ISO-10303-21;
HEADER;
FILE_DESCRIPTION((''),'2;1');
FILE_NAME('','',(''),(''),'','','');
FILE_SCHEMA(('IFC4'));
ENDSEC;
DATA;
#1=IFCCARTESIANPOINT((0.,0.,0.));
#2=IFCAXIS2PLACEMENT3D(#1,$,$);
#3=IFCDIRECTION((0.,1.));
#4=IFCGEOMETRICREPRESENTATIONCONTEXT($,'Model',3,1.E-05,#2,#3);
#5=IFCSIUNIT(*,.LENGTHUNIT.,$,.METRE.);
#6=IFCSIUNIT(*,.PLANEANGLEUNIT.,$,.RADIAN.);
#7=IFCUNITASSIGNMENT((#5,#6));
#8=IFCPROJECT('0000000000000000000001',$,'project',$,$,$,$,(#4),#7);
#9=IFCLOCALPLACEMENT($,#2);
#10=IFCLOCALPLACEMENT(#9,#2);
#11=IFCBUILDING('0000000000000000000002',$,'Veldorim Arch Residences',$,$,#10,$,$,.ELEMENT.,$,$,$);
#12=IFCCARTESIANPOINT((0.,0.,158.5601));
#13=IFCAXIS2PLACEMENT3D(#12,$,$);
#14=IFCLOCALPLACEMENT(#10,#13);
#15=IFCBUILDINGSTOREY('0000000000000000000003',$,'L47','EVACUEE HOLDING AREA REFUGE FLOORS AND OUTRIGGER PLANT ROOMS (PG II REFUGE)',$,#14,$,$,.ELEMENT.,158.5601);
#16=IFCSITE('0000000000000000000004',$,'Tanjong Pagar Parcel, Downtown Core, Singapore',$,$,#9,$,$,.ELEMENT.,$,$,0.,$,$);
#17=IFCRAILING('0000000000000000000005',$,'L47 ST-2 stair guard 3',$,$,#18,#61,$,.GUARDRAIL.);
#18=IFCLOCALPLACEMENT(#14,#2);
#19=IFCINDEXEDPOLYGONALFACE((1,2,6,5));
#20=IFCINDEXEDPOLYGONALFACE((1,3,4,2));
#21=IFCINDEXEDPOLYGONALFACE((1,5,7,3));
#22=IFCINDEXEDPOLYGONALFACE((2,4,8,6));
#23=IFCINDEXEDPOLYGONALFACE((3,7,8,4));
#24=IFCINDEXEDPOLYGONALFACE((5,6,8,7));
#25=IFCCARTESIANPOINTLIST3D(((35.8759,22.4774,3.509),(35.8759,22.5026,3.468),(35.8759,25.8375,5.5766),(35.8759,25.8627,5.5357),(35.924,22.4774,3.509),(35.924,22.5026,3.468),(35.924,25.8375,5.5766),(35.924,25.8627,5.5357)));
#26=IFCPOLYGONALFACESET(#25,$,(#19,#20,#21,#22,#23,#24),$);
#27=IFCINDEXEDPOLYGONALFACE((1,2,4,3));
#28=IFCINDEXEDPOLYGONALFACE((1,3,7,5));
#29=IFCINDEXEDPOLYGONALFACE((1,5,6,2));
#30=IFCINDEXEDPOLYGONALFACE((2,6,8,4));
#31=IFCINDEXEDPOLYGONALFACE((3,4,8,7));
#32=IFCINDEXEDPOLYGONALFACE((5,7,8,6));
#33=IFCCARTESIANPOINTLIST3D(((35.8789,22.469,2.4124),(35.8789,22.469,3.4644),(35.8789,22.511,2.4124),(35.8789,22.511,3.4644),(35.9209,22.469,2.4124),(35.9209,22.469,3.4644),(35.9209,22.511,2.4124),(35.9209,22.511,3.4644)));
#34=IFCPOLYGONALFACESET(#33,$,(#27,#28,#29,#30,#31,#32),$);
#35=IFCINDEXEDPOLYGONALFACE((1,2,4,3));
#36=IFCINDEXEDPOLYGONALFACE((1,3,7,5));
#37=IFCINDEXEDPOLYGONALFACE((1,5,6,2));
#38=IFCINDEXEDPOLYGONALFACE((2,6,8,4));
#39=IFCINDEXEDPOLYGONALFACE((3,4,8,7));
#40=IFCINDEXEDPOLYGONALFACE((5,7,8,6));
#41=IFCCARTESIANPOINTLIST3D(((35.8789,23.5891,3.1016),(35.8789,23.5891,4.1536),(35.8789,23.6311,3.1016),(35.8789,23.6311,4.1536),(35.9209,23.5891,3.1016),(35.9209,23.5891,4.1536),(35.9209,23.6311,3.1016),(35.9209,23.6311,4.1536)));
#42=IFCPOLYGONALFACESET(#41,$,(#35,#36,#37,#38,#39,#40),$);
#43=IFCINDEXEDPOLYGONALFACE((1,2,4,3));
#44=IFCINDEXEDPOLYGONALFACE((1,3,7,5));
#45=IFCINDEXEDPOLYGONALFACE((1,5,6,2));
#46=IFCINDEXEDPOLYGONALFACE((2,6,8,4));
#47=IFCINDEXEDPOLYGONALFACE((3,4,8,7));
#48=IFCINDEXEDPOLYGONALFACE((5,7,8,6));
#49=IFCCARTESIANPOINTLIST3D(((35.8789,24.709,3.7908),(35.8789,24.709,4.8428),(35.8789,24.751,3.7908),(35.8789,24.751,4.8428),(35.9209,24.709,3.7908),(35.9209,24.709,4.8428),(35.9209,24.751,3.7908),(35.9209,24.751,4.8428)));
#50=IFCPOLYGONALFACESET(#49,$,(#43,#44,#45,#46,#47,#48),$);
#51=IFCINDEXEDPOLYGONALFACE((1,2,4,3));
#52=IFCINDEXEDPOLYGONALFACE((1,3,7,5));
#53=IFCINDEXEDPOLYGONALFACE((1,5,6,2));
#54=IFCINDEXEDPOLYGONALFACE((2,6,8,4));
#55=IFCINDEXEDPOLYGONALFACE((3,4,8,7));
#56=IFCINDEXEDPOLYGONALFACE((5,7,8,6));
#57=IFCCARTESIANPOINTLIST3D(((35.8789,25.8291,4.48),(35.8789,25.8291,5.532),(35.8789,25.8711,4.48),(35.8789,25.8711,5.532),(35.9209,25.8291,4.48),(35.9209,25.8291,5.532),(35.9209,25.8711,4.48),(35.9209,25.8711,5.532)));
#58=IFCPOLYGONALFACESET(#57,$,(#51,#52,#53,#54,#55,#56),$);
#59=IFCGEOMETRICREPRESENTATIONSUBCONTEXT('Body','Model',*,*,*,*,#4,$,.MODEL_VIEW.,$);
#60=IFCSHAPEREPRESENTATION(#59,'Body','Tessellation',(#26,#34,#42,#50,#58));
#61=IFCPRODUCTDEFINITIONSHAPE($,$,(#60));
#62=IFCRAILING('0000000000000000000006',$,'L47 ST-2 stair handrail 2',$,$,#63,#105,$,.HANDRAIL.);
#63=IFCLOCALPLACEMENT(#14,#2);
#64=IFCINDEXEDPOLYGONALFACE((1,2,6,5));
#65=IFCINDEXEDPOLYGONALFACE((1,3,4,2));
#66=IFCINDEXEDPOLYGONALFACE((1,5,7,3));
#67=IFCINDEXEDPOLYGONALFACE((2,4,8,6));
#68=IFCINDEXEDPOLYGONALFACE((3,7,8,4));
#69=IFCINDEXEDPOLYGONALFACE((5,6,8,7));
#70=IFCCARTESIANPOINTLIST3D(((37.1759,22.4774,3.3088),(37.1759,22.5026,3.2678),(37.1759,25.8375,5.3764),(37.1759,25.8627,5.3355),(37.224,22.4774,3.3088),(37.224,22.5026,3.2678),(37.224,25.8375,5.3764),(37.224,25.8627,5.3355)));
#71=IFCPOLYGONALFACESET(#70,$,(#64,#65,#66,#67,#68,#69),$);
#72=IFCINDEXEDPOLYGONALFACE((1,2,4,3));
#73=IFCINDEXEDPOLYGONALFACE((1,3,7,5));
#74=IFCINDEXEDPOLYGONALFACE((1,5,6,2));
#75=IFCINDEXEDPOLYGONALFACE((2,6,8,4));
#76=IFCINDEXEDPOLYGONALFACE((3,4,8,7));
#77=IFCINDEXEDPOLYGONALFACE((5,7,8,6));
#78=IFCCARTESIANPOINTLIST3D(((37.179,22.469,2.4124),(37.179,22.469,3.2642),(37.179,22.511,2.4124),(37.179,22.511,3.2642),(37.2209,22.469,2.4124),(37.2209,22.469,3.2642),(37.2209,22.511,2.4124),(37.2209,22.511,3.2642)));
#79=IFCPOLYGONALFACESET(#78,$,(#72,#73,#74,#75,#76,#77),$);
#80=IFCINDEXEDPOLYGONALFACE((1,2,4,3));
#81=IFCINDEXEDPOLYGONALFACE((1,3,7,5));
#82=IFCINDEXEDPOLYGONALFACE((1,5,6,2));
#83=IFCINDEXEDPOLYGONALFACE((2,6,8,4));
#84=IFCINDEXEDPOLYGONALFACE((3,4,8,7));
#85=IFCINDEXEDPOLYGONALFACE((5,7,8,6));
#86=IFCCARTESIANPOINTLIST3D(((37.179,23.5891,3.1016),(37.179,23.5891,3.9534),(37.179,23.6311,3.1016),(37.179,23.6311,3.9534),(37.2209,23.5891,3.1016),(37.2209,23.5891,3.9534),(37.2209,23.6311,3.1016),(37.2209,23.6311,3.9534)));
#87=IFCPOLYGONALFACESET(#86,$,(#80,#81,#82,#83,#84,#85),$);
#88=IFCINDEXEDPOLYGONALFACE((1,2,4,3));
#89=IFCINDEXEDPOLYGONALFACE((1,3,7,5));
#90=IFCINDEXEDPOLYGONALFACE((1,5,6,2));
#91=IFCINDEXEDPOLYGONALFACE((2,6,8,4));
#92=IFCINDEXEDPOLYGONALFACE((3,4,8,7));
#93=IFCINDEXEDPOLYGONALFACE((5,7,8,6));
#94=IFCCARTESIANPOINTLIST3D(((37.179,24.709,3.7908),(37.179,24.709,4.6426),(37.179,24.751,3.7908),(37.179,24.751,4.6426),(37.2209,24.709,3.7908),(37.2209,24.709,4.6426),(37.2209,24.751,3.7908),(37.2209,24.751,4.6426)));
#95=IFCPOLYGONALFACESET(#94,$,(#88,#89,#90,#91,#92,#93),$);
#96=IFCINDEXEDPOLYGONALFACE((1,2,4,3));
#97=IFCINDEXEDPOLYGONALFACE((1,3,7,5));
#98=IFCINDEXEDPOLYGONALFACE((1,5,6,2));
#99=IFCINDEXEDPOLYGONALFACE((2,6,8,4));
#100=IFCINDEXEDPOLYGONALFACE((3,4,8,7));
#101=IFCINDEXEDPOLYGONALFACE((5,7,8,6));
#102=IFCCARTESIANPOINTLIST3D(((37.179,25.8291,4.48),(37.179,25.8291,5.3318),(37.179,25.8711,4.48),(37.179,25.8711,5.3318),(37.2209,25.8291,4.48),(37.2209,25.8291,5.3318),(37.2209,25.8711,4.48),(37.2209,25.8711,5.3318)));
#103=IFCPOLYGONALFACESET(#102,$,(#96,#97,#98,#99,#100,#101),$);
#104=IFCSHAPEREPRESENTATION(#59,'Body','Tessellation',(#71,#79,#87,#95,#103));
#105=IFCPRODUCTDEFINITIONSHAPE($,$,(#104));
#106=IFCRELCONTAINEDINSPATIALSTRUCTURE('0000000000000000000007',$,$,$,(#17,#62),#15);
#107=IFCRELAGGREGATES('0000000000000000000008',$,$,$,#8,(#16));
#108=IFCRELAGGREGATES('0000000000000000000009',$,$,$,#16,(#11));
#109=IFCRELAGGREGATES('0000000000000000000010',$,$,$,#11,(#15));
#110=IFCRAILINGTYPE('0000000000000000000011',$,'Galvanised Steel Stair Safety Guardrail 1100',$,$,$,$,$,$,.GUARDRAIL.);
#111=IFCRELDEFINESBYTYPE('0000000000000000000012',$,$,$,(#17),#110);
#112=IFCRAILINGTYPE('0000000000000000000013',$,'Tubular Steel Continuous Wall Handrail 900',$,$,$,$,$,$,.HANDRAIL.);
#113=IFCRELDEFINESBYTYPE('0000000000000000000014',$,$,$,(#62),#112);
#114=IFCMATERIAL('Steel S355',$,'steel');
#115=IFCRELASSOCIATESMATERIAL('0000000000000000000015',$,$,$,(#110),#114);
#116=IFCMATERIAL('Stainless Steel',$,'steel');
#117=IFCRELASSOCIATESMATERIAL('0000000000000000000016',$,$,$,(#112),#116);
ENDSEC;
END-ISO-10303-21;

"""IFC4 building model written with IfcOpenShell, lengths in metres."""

from ifc_helpers import new_model, si_unit, direction, frame, origin, origin_2d, place, context, subcontext, project, spatial, rectangle, extrude, material, type_object, element, save


model = new_model("IFC4")

# Units and contexts
model_context = context("Model", 3, precision=1e-05, world=origin(), true_north=direction((0.0, 1.0)))
body_context = subcontext(model_context, "Body", "Model", "MODEL_VIEW")
ifc_project = project(units=[si_unit("LENGTHUNIT", "METRE"), si_unit("PLANEANGLEUNIT", "RADIAN")], contexts=[model_context])

# Site, building, storey
site_placement = place(None, origin())
site = spatial("IfcSite", under=ifc_project, at=site_placement, Name="Tanjong Pagar Parcel, Downtown Core, Singapore", CompositionType="ELEMENT", RefElevation=0.0)
building_placement = place(site_placement, origin())
building = spatial("IfcBuilding", under=site, at=building_placement, Name="Veldorim Arch Residences", CompositionType="ELEMENT")
storey_placement = place(building_placement, frame((0.0, 0.0, 158.5601)))
storey = spatial("IfcBuildingStorey", under=building, at=storey_placement, Name="L47", Description="EVACUEE HOLDING AREA REFUGE FLOORS AND OUTRIGGER PLANT ROOMS (PG II REFUGE)", CompositionType="ELEMENT", Elevation=158.5601)

# Railings
ifc_material_1 = material(Name="Steel S355", Category="steel")
railing_type_1 = type_object("IfcRailingType", Name="Galvanised Steel Stair Safety Guardrail 1100", PredefinedType="GUARDRAIL", material=ifc_material_1)
railing_1_placement = place(storey_placement, frame((35.8999, 22.49, 2.4124)))
element("IfcRailing", 1, at=railing_1_placement, inside=storey, type_object=railing_type_1, Name="L47 ST-2 stair guard 3", PredefinedType="GUARDRAIL", context=body_context, shape_type="SweptSolid", body=[
    extrude(rectangle(XDim=0.0481, YDim=0.0481, at=origin_2d()), frame((0.0, 0.0, 1.0762), z_axis=(0.0, 0.851673, 0.524073), x_axis=(-1.0, 0.0, 0.0)), (0.0, 0.0, 1.0), 3.9453),
    extrude(rectangle(XDim=0.042, YDim=0.042, at=origin_2d()), origin(), (0.0, 0.0, 1.0), 1.052),
    extrude(rectangle(XDim=0.042, YDim=0.042, at=origin_2d()), frame((0.0, 1.1201, 0.6892)), (0.0, 0.0, 1.0), 1.052),
    extrude(rectangle(XDim=0.042, YDim=0.042, at=origin_2d()), frame((0.0, 2.24, 1.3784)), (0.0, 0.0, 1.0), 1.052),
    extrude(rectangle(XDim=0.042, YDim=0.042, at=origin_2d()), frame((0.0, 3.3601, 2.0676)), (0.0, 0.0, 1.0), 1.052),
])
ifc_material_2 = material(Name="Stainless Steel", Category="steel")
railing_type_2 = type_object("IfcRailingType", Name="Tubular Steel Continuous Wall Handrail 900", PredefinedType="HANDRAIL", material=ifc_material_2)
railing_2_placement = place(storey_placement, frame((37.2, 22.49, 2.4124)))
element("IfcRailing", 2, at=railing_2_placement, inside=storey, type_object=railing_type_2, Name="L47 ST-2 stair handrail 2", PredefinedType="HANDRAIL", context=body_context, shape_type="SweptSolid", body=[
    extrude(rectangle(XDim=0.0481, YDim=0.0481, at=origin_2d()), frame((0.0, 0.0, 0.876), z_axis=(0.0, 0.851673, 0.524073), x_axis=(-1.0, 0.0, 0.0)), (0.0, 0.0, 1.0), 3.9453),
    extrude(rectangle(XDim=0.042, YDim=0.042, at=origin_2d()), origin(), (0.0, 0.0, 1.0), 0.8518),
    extrude(rectangle(XDim=0.042, YDim=0.042, at=origin_2d()), frame((0.0, 1.1201, 0.6892)), (0.0, 0.0, 1.0), 0.8518),
    extrude(rectangle(XDim=0.042, YDim=0.042, at=origin_2d()), frame((0.0, 2.24, 1.3784)), (0.0, 0.0, 1.0), 0.8518),
    extrude(rectangle(XDim=0.042, YDim=0.042, at=origin_2d()), frame((0.0, 3.3601, 2.0676)), (0.0, 0.0, 1.0), 0.8518),
])

save(model, "model.ifc")
